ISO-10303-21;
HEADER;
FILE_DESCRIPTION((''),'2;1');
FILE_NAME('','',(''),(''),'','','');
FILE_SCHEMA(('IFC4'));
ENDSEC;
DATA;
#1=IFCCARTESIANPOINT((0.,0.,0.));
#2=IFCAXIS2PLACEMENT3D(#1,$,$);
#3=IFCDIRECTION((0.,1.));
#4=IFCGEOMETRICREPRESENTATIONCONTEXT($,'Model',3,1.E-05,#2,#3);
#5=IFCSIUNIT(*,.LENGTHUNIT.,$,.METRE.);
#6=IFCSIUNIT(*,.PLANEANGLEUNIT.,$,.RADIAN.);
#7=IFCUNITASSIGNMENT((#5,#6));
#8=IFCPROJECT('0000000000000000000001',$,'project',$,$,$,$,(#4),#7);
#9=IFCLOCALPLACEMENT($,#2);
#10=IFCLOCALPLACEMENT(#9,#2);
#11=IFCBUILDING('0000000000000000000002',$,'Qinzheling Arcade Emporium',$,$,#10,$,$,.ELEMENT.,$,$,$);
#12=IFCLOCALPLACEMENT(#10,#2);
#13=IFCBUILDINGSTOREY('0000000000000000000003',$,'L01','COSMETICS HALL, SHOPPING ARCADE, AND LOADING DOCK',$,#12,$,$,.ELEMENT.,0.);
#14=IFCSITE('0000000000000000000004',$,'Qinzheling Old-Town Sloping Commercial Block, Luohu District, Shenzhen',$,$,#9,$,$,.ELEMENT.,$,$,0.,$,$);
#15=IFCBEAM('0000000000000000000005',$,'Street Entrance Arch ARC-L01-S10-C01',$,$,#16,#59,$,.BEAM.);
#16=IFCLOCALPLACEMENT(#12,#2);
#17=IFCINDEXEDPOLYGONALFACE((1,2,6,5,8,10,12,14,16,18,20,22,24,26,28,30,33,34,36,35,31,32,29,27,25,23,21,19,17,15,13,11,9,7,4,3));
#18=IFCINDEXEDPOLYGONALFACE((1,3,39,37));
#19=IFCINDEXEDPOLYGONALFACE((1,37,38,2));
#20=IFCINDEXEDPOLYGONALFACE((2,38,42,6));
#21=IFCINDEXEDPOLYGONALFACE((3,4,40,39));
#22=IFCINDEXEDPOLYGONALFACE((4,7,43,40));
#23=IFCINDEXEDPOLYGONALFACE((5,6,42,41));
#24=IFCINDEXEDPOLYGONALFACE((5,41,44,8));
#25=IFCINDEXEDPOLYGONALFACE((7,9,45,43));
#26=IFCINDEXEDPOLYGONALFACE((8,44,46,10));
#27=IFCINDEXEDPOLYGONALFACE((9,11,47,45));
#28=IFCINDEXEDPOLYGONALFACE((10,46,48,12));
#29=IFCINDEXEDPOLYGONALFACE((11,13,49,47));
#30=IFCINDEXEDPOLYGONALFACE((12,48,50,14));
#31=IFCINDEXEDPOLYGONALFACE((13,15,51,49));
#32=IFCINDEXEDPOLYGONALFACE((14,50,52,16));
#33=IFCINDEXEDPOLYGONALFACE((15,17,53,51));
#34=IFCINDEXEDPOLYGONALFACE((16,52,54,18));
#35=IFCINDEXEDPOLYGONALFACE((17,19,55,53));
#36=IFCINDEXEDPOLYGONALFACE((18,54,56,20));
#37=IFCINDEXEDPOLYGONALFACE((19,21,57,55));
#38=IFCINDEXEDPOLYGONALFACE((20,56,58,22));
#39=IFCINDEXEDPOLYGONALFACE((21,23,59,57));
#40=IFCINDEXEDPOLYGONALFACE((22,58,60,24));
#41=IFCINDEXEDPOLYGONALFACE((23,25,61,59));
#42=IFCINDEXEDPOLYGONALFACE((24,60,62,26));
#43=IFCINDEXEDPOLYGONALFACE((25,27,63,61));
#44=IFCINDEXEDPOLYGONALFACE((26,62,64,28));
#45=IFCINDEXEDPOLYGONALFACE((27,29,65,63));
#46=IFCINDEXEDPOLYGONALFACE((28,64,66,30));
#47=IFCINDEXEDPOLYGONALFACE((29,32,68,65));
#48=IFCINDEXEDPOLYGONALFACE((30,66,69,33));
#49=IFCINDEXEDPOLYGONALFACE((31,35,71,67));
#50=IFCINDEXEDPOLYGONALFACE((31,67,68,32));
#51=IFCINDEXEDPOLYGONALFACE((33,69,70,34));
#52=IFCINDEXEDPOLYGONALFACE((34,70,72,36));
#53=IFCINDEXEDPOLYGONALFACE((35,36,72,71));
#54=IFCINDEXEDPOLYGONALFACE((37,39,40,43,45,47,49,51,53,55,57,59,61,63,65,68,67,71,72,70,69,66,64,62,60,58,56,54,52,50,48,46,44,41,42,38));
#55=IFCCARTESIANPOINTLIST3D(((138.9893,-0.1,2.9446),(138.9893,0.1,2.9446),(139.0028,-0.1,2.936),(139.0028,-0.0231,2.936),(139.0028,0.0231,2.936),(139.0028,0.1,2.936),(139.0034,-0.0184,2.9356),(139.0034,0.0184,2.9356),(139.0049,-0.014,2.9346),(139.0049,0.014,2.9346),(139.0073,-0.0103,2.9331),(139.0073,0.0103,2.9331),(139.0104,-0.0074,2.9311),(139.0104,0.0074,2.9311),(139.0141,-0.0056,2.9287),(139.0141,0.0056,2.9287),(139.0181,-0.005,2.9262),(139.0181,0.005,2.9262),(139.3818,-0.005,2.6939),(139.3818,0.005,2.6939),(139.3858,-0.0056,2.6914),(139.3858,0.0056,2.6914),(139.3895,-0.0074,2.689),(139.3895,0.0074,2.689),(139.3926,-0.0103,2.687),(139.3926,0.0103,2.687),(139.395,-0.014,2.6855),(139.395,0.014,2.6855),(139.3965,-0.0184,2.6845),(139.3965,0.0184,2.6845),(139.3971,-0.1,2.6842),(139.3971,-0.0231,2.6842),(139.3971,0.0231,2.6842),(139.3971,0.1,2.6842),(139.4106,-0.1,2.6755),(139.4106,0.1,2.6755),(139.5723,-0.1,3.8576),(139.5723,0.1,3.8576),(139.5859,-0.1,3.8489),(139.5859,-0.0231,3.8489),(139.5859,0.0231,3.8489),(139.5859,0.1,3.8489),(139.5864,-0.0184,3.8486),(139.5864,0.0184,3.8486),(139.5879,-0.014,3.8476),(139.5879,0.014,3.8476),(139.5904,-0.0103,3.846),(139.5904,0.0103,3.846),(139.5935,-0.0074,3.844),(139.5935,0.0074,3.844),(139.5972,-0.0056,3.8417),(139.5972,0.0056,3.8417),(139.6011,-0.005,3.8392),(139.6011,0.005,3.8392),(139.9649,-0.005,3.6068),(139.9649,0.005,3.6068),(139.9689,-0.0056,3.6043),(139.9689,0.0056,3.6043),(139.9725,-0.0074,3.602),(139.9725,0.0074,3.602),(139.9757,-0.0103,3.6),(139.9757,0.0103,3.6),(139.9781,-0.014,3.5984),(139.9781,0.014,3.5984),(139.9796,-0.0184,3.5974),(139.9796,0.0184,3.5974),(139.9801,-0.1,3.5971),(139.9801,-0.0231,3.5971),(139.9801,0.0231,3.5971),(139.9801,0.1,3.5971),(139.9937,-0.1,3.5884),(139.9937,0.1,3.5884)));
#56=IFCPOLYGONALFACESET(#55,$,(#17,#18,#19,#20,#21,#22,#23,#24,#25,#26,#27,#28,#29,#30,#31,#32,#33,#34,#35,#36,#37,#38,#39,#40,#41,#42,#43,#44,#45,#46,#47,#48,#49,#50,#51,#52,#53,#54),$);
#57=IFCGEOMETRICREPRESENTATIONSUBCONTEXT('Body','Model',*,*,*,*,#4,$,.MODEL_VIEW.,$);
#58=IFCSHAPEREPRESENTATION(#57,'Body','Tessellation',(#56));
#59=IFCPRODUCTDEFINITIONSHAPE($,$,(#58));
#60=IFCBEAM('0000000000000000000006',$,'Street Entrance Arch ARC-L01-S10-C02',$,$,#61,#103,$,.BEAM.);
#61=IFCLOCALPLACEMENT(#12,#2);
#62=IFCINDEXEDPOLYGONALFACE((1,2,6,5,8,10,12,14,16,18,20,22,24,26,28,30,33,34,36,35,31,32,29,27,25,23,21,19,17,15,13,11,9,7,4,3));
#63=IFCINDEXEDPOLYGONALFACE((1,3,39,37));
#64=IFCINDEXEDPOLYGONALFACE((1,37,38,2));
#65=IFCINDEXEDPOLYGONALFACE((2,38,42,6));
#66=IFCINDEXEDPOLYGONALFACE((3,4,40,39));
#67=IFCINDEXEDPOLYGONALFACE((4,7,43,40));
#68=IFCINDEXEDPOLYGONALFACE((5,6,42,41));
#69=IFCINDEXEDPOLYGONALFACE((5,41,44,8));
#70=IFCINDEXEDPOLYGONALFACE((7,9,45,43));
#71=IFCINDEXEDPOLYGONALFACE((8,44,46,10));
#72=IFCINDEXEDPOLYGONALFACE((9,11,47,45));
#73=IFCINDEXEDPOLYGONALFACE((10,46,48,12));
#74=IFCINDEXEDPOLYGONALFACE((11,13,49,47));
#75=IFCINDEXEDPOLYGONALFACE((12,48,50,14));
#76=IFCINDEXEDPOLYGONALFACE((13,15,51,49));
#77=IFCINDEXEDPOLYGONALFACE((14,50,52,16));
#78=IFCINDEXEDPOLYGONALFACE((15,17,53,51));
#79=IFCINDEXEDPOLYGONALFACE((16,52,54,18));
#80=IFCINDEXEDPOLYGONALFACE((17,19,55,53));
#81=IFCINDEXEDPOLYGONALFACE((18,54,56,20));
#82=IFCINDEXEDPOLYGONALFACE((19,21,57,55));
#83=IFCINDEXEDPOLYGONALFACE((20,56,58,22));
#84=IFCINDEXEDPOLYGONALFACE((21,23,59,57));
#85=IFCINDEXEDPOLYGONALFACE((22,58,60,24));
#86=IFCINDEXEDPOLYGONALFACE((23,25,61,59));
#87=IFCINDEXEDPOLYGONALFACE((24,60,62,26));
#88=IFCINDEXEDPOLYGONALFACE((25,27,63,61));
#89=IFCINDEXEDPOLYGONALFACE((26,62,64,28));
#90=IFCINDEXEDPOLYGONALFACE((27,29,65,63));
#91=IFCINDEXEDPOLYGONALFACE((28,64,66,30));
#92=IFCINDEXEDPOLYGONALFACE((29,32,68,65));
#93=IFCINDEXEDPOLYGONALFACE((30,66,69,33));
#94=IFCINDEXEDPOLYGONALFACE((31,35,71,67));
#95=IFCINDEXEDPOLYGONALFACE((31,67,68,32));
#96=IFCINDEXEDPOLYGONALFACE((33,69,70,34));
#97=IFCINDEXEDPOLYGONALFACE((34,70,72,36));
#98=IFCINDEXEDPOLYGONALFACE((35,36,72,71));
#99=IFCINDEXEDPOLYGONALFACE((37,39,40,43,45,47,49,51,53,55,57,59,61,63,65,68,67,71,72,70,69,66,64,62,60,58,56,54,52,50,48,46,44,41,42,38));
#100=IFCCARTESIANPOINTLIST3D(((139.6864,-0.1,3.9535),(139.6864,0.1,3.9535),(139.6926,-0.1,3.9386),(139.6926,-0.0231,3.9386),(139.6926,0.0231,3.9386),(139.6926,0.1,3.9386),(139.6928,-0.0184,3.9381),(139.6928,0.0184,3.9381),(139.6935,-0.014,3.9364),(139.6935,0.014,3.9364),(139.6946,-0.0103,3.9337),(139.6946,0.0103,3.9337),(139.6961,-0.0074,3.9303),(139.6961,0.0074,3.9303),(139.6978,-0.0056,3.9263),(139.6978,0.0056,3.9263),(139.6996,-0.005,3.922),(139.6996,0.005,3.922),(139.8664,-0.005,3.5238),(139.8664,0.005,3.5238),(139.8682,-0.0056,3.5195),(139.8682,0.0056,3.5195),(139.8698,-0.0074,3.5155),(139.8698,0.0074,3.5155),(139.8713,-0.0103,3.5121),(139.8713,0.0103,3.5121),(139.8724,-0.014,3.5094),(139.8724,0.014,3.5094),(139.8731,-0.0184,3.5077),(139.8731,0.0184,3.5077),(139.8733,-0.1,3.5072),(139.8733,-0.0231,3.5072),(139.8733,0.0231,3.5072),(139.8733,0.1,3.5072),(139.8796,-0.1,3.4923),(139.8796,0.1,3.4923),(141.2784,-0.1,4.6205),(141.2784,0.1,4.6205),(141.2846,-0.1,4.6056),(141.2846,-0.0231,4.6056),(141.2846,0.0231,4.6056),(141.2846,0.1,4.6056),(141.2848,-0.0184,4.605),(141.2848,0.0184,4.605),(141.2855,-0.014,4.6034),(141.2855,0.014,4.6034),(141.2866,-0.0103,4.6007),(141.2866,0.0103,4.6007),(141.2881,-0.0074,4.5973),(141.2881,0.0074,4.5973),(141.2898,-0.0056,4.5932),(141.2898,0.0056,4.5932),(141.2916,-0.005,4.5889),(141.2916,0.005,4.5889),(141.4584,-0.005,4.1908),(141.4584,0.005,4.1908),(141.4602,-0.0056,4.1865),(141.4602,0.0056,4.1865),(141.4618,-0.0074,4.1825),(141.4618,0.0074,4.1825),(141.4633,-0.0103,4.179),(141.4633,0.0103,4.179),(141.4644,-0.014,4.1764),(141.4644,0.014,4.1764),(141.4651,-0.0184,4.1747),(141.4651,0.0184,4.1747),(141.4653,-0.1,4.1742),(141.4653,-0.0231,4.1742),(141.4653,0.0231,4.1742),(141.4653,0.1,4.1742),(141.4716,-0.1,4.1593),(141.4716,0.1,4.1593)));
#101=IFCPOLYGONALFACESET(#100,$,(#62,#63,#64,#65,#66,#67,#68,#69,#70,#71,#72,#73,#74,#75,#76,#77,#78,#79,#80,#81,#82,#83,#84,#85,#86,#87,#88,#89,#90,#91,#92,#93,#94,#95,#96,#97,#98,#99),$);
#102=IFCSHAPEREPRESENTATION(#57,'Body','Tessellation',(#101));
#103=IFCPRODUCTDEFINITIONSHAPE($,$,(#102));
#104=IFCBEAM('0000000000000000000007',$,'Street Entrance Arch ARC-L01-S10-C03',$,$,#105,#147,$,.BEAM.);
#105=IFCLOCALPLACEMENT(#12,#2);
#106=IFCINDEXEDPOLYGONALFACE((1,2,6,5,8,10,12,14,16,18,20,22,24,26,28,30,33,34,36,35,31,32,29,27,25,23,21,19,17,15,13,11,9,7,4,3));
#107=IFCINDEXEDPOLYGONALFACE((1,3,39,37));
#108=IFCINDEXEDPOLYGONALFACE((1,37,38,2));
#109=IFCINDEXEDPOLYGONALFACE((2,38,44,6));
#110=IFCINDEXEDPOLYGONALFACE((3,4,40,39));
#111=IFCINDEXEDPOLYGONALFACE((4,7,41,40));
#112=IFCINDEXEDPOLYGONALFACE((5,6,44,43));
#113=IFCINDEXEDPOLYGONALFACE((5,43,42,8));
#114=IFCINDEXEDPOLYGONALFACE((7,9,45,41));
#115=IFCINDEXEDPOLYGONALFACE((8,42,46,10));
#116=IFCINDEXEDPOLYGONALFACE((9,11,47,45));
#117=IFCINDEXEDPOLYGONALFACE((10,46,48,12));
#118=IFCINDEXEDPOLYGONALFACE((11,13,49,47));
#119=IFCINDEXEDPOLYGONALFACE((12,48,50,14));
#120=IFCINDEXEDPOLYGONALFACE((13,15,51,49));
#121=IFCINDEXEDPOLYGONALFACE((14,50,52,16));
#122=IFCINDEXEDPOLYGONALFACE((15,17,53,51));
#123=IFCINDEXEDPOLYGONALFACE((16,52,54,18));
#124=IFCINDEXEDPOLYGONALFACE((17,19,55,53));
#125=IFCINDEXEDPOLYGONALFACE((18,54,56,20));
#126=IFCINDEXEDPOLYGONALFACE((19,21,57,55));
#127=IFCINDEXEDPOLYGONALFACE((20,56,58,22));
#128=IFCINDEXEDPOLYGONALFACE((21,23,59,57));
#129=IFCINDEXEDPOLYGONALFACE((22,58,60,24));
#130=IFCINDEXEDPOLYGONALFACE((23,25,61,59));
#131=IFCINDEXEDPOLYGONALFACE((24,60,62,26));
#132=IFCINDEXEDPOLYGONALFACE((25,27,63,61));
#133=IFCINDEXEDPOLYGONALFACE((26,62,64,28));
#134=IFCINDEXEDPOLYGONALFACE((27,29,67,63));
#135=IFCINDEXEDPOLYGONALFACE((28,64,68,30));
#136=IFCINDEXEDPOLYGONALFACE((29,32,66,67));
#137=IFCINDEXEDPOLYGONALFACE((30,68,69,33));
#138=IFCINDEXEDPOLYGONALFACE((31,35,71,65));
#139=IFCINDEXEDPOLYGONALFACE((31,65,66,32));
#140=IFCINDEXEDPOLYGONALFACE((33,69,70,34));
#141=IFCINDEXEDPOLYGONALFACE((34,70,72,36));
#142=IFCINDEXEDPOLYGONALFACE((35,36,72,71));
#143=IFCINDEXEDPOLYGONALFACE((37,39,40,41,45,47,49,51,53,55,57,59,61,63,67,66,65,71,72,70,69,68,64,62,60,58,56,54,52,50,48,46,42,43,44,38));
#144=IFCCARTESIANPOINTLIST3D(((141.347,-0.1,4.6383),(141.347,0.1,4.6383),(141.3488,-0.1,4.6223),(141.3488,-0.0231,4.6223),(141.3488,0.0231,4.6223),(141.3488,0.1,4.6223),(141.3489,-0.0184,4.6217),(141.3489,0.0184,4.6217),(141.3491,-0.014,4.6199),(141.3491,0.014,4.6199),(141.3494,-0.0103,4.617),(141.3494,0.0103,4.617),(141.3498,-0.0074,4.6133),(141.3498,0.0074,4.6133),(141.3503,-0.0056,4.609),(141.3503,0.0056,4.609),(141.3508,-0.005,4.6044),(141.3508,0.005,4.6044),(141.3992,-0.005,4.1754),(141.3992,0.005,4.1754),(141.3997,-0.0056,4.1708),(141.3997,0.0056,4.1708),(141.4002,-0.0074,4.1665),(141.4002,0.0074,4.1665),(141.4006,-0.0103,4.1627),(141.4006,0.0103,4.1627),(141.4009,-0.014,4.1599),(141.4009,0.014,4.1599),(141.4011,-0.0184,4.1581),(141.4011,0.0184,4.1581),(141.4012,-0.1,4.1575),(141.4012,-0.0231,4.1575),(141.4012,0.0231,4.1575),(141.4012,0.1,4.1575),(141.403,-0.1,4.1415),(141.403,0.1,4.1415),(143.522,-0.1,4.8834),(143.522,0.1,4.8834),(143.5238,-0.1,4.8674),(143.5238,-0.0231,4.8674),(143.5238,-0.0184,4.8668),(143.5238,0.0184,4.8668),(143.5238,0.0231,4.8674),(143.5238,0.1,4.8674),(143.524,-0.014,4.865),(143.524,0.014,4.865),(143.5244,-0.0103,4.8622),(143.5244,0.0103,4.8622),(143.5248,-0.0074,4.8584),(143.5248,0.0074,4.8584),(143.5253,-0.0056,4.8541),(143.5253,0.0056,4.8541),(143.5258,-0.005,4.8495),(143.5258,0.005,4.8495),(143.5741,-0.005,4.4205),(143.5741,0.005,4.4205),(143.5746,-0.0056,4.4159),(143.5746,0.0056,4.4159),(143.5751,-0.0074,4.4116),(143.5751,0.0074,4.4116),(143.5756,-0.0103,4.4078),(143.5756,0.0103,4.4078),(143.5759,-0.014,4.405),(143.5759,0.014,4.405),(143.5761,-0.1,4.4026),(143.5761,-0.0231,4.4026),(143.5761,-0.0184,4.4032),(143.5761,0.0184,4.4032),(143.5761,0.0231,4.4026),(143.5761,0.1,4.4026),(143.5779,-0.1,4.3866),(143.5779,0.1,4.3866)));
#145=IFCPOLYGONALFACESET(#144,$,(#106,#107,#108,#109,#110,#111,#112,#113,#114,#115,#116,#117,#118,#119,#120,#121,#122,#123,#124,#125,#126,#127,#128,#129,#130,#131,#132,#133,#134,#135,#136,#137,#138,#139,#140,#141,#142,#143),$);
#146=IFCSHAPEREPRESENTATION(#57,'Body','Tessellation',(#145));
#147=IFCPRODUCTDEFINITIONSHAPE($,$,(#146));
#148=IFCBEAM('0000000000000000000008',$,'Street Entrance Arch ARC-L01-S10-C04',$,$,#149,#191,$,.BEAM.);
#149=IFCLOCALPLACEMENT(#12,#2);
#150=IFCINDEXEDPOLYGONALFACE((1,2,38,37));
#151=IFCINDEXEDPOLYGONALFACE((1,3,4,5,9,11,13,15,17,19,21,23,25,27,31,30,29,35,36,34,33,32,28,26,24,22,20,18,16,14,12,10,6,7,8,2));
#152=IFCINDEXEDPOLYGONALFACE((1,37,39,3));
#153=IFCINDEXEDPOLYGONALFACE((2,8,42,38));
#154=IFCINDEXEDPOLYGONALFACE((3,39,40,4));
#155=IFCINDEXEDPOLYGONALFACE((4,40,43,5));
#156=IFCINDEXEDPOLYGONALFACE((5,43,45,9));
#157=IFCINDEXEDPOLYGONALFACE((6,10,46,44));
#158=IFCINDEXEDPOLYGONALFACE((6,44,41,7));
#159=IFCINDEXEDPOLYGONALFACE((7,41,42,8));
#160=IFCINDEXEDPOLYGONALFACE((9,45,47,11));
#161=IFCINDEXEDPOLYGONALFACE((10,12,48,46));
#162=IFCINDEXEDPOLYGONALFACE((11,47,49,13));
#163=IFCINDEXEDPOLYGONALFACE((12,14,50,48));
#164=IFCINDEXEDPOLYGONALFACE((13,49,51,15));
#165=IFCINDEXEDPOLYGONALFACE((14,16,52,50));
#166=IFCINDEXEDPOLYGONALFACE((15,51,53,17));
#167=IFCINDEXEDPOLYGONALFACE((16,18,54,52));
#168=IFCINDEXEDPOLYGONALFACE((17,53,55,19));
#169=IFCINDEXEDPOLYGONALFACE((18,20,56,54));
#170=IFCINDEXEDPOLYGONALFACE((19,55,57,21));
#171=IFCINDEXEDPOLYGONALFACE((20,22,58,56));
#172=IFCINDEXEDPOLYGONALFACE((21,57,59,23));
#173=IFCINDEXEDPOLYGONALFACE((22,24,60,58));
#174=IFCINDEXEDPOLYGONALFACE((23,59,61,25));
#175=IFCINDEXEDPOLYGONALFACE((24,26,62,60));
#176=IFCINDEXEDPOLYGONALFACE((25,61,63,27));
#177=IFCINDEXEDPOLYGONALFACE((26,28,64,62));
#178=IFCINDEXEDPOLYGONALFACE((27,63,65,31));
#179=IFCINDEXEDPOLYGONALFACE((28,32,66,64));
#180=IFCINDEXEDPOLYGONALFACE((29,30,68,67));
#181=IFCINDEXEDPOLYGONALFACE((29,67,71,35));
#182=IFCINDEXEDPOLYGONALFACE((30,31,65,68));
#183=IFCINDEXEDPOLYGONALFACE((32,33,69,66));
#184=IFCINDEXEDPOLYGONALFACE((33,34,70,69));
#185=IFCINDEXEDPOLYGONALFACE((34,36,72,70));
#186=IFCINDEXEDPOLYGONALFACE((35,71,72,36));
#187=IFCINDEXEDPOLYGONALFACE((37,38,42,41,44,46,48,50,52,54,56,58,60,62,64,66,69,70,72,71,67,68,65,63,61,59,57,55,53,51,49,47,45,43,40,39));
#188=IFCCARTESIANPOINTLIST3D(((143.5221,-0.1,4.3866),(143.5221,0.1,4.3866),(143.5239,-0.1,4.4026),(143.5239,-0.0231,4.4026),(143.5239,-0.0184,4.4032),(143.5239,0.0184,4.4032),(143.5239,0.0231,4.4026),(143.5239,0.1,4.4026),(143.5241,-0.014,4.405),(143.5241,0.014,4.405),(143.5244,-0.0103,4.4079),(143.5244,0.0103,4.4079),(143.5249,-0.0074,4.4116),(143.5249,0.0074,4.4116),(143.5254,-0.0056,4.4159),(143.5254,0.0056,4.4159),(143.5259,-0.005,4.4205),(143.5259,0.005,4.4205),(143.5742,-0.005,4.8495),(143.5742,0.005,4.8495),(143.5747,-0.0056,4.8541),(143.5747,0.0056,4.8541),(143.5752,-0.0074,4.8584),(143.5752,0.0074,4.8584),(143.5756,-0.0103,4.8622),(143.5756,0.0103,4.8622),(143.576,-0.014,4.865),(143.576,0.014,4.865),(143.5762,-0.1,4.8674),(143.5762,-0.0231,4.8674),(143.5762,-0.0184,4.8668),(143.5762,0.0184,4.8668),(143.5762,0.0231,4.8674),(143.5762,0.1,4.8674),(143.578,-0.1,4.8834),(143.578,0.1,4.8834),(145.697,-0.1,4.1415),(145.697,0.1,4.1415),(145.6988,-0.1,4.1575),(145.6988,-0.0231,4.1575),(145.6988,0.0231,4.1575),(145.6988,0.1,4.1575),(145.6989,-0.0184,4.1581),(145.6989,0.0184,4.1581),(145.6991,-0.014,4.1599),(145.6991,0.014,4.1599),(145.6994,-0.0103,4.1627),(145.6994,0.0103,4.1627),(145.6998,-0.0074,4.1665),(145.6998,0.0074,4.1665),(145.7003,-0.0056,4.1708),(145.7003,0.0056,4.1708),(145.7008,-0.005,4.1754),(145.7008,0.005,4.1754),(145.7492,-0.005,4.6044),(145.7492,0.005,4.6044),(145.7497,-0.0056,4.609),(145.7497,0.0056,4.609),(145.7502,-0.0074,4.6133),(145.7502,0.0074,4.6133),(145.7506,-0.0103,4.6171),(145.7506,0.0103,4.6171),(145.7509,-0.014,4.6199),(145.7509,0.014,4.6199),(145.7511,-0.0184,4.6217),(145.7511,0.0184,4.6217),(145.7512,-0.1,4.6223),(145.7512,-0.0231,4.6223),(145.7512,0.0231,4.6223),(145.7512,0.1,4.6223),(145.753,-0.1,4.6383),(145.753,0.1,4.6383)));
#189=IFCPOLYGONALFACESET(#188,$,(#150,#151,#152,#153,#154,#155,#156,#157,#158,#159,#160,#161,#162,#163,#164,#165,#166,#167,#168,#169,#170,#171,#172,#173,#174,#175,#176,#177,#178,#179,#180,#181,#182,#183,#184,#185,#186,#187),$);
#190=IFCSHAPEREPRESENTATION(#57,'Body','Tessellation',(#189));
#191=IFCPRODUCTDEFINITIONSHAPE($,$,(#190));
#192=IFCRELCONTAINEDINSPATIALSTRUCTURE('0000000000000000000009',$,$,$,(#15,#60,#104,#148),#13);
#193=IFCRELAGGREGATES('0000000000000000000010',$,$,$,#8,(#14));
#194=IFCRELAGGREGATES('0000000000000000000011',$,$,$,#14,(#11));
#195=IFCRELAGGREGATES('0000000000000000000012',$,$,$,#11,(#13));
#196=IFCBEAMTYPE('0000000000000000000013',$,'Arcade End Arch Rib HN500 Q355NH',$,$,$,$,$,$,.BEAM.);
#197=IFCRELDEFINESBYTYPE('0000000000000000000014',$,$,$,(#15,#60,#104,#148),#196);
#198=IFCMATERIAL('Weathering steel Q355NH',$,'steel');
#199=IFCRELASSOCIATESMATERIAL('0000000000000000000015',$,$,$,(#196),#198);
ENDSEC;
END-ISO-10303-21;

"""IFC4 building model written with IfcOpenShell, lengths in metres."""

from ifc_helpers import new_model, si_unit, direction, frame, origin, origin_2d, place, context, subcontext, project, spatial, i_section, extrude, material, material_profile, profile_set, type_object, element, save


model = new_model("IFC4")

# Units and contexts
model_context = context("Model", 3, precision=1e-05, world=origin(), true_north=direction((0.0, 1.0)))
body_context = subcontext(model_context, "Body", "Model", "MODEL_VIEW")
ifc_project = project(units=[si_unit("LENGTHUNIT", "METRE"), si_unit("PLANEANGLEUNIT", "RADIAN")], contexts=[model_context])

# Site, building, storey
site_placement = place(None, origin())
site = spatial("IfcSite", under=ifc_project, at=site_placement, Name="Qinzheling Old-Town Sloping Commercial Block, Luohu District, Shenzhen", CompositionType="ELEMENT", RefElevation=0.0)
building_placement = place(site_placement, origin())
building = spatial("IfcBuilding", under=site, at=building_placement, Name="Qinzheling Arcade Emporium", CompositionType="ELEMENT")
storey_placement = place(building_placement, origin())
storey = spatial("IfcBuildingStorey", under=building, at=storey_placement, Name="L01", Description="COSMETICS HALL, SHOPPING ARCADE, AND LOADING DOCK", CompositionType="ELEMENT", Elevation=0.0)

# Beams
ifc_material_1 = material(Name="Weathering steel Q355NH", Category="steel")
ifc_material_profile_1 = material_profile(ifc_material_1, i_section(OverallWidth=0.2, OverallDepth=0.5, WebThickness=0.01, FlangeThickness=0.0161, FilletRadius=0.0181, at=origin_2d()), Name="HN 500x200x10x16", Category="steel")
ifc_profile_set_1 = profile_set([ifc_material_profile_1], Name="Weathering steel Q355NH")
beam_type_1 = type_object("IfcBeamType", Name="Arcade End Arch Rib HN500 Q355NH", PredefinedType="BEAM", material=ifc_profile_set_1)
for number, where, z_axis, x_axis, name in (
    (1, (139.2, 0.0, 2.8101), (0.53826, 0.0, 0.842779), (0.0, 1.0, 0.0), "Street Entrance Arch ARC-L01-S10-C01"),
):
    element("IfcBeam", number, at=place(storey_placement, frame(where, z_axis=z_axis, x_axis=x_axis)), inside=storey, type_object=beam_type_1, Name=name, PredefinedType="BEAM", context=body_context, shape_type="SweptSolid", body=[
        extrude(i_section(OverallWidth=0.2, OverallDepth=0.5, WebThickness=0.01, FlangeThickness=0.0161, FilletRadius=0.0181, at=origin_2d()), origin(), (0.0, 0.0, 1.0), 1.0833),
    ])
beam_1_placement = place(storey_placement, frame((139.783, 0.0, 3.7229), z_axis=(0.922326, 0.0, 0.386412), x_axis=(0.0, 1.0, 0.0)))
element("IfcBeam", 2, at=beam_1_placement, inside=storey, type_object=beam_type_1, Name="Street Entrance Arch ARC-L01-S10-C02", PredefinedType="BEAM", context=body_context, shape_type="SweptSolid", body=[
    extrude(i_section(OverallWidth=0.2, OverallDepth=0.5, WebThickness=0.01, FlangeThickness=0.0161, FilletRadius=0.0181, at=origin_2d()), origin(), (0.0, 0.0, 1.0), 1.7261),
])
for number, where, z_axis, x_axis, name in (
    (3, (141.375, 0.0, 4.3899), (0.99371, 0.0, 0.111986), (0.0, 1.0, 0.0), "Street Entrance Arch ARC-L01-S10-C03"),
    (4, (143.55, 0.0, 4.635), (0.99371, 0.0, -0.111986), (0.0, 1.0, 0.0), "Street Entrance Arch ARC-L01-S10-C04"),
):
    element("IfcBeam", number, at=place(storey_placement, frame(where, z_axis=z_axis, x_axis=x_axis)), inside=storey, type_object=beam_type_1, Name=name, PredefinedType="BEAM", context=body_context, shape_type="SweptSolid", body=[
        extrude(i_section(OverallWidth=0.2, OverallDepth=0.5, WebThickness=0.01, FlangeThickness=0.0161, FilletRadius=0.0181, at=origin_2d()), origin(), (0.0, 0.0, 1.0), 2.1887),
    ])

save(model, "model.ifc")
